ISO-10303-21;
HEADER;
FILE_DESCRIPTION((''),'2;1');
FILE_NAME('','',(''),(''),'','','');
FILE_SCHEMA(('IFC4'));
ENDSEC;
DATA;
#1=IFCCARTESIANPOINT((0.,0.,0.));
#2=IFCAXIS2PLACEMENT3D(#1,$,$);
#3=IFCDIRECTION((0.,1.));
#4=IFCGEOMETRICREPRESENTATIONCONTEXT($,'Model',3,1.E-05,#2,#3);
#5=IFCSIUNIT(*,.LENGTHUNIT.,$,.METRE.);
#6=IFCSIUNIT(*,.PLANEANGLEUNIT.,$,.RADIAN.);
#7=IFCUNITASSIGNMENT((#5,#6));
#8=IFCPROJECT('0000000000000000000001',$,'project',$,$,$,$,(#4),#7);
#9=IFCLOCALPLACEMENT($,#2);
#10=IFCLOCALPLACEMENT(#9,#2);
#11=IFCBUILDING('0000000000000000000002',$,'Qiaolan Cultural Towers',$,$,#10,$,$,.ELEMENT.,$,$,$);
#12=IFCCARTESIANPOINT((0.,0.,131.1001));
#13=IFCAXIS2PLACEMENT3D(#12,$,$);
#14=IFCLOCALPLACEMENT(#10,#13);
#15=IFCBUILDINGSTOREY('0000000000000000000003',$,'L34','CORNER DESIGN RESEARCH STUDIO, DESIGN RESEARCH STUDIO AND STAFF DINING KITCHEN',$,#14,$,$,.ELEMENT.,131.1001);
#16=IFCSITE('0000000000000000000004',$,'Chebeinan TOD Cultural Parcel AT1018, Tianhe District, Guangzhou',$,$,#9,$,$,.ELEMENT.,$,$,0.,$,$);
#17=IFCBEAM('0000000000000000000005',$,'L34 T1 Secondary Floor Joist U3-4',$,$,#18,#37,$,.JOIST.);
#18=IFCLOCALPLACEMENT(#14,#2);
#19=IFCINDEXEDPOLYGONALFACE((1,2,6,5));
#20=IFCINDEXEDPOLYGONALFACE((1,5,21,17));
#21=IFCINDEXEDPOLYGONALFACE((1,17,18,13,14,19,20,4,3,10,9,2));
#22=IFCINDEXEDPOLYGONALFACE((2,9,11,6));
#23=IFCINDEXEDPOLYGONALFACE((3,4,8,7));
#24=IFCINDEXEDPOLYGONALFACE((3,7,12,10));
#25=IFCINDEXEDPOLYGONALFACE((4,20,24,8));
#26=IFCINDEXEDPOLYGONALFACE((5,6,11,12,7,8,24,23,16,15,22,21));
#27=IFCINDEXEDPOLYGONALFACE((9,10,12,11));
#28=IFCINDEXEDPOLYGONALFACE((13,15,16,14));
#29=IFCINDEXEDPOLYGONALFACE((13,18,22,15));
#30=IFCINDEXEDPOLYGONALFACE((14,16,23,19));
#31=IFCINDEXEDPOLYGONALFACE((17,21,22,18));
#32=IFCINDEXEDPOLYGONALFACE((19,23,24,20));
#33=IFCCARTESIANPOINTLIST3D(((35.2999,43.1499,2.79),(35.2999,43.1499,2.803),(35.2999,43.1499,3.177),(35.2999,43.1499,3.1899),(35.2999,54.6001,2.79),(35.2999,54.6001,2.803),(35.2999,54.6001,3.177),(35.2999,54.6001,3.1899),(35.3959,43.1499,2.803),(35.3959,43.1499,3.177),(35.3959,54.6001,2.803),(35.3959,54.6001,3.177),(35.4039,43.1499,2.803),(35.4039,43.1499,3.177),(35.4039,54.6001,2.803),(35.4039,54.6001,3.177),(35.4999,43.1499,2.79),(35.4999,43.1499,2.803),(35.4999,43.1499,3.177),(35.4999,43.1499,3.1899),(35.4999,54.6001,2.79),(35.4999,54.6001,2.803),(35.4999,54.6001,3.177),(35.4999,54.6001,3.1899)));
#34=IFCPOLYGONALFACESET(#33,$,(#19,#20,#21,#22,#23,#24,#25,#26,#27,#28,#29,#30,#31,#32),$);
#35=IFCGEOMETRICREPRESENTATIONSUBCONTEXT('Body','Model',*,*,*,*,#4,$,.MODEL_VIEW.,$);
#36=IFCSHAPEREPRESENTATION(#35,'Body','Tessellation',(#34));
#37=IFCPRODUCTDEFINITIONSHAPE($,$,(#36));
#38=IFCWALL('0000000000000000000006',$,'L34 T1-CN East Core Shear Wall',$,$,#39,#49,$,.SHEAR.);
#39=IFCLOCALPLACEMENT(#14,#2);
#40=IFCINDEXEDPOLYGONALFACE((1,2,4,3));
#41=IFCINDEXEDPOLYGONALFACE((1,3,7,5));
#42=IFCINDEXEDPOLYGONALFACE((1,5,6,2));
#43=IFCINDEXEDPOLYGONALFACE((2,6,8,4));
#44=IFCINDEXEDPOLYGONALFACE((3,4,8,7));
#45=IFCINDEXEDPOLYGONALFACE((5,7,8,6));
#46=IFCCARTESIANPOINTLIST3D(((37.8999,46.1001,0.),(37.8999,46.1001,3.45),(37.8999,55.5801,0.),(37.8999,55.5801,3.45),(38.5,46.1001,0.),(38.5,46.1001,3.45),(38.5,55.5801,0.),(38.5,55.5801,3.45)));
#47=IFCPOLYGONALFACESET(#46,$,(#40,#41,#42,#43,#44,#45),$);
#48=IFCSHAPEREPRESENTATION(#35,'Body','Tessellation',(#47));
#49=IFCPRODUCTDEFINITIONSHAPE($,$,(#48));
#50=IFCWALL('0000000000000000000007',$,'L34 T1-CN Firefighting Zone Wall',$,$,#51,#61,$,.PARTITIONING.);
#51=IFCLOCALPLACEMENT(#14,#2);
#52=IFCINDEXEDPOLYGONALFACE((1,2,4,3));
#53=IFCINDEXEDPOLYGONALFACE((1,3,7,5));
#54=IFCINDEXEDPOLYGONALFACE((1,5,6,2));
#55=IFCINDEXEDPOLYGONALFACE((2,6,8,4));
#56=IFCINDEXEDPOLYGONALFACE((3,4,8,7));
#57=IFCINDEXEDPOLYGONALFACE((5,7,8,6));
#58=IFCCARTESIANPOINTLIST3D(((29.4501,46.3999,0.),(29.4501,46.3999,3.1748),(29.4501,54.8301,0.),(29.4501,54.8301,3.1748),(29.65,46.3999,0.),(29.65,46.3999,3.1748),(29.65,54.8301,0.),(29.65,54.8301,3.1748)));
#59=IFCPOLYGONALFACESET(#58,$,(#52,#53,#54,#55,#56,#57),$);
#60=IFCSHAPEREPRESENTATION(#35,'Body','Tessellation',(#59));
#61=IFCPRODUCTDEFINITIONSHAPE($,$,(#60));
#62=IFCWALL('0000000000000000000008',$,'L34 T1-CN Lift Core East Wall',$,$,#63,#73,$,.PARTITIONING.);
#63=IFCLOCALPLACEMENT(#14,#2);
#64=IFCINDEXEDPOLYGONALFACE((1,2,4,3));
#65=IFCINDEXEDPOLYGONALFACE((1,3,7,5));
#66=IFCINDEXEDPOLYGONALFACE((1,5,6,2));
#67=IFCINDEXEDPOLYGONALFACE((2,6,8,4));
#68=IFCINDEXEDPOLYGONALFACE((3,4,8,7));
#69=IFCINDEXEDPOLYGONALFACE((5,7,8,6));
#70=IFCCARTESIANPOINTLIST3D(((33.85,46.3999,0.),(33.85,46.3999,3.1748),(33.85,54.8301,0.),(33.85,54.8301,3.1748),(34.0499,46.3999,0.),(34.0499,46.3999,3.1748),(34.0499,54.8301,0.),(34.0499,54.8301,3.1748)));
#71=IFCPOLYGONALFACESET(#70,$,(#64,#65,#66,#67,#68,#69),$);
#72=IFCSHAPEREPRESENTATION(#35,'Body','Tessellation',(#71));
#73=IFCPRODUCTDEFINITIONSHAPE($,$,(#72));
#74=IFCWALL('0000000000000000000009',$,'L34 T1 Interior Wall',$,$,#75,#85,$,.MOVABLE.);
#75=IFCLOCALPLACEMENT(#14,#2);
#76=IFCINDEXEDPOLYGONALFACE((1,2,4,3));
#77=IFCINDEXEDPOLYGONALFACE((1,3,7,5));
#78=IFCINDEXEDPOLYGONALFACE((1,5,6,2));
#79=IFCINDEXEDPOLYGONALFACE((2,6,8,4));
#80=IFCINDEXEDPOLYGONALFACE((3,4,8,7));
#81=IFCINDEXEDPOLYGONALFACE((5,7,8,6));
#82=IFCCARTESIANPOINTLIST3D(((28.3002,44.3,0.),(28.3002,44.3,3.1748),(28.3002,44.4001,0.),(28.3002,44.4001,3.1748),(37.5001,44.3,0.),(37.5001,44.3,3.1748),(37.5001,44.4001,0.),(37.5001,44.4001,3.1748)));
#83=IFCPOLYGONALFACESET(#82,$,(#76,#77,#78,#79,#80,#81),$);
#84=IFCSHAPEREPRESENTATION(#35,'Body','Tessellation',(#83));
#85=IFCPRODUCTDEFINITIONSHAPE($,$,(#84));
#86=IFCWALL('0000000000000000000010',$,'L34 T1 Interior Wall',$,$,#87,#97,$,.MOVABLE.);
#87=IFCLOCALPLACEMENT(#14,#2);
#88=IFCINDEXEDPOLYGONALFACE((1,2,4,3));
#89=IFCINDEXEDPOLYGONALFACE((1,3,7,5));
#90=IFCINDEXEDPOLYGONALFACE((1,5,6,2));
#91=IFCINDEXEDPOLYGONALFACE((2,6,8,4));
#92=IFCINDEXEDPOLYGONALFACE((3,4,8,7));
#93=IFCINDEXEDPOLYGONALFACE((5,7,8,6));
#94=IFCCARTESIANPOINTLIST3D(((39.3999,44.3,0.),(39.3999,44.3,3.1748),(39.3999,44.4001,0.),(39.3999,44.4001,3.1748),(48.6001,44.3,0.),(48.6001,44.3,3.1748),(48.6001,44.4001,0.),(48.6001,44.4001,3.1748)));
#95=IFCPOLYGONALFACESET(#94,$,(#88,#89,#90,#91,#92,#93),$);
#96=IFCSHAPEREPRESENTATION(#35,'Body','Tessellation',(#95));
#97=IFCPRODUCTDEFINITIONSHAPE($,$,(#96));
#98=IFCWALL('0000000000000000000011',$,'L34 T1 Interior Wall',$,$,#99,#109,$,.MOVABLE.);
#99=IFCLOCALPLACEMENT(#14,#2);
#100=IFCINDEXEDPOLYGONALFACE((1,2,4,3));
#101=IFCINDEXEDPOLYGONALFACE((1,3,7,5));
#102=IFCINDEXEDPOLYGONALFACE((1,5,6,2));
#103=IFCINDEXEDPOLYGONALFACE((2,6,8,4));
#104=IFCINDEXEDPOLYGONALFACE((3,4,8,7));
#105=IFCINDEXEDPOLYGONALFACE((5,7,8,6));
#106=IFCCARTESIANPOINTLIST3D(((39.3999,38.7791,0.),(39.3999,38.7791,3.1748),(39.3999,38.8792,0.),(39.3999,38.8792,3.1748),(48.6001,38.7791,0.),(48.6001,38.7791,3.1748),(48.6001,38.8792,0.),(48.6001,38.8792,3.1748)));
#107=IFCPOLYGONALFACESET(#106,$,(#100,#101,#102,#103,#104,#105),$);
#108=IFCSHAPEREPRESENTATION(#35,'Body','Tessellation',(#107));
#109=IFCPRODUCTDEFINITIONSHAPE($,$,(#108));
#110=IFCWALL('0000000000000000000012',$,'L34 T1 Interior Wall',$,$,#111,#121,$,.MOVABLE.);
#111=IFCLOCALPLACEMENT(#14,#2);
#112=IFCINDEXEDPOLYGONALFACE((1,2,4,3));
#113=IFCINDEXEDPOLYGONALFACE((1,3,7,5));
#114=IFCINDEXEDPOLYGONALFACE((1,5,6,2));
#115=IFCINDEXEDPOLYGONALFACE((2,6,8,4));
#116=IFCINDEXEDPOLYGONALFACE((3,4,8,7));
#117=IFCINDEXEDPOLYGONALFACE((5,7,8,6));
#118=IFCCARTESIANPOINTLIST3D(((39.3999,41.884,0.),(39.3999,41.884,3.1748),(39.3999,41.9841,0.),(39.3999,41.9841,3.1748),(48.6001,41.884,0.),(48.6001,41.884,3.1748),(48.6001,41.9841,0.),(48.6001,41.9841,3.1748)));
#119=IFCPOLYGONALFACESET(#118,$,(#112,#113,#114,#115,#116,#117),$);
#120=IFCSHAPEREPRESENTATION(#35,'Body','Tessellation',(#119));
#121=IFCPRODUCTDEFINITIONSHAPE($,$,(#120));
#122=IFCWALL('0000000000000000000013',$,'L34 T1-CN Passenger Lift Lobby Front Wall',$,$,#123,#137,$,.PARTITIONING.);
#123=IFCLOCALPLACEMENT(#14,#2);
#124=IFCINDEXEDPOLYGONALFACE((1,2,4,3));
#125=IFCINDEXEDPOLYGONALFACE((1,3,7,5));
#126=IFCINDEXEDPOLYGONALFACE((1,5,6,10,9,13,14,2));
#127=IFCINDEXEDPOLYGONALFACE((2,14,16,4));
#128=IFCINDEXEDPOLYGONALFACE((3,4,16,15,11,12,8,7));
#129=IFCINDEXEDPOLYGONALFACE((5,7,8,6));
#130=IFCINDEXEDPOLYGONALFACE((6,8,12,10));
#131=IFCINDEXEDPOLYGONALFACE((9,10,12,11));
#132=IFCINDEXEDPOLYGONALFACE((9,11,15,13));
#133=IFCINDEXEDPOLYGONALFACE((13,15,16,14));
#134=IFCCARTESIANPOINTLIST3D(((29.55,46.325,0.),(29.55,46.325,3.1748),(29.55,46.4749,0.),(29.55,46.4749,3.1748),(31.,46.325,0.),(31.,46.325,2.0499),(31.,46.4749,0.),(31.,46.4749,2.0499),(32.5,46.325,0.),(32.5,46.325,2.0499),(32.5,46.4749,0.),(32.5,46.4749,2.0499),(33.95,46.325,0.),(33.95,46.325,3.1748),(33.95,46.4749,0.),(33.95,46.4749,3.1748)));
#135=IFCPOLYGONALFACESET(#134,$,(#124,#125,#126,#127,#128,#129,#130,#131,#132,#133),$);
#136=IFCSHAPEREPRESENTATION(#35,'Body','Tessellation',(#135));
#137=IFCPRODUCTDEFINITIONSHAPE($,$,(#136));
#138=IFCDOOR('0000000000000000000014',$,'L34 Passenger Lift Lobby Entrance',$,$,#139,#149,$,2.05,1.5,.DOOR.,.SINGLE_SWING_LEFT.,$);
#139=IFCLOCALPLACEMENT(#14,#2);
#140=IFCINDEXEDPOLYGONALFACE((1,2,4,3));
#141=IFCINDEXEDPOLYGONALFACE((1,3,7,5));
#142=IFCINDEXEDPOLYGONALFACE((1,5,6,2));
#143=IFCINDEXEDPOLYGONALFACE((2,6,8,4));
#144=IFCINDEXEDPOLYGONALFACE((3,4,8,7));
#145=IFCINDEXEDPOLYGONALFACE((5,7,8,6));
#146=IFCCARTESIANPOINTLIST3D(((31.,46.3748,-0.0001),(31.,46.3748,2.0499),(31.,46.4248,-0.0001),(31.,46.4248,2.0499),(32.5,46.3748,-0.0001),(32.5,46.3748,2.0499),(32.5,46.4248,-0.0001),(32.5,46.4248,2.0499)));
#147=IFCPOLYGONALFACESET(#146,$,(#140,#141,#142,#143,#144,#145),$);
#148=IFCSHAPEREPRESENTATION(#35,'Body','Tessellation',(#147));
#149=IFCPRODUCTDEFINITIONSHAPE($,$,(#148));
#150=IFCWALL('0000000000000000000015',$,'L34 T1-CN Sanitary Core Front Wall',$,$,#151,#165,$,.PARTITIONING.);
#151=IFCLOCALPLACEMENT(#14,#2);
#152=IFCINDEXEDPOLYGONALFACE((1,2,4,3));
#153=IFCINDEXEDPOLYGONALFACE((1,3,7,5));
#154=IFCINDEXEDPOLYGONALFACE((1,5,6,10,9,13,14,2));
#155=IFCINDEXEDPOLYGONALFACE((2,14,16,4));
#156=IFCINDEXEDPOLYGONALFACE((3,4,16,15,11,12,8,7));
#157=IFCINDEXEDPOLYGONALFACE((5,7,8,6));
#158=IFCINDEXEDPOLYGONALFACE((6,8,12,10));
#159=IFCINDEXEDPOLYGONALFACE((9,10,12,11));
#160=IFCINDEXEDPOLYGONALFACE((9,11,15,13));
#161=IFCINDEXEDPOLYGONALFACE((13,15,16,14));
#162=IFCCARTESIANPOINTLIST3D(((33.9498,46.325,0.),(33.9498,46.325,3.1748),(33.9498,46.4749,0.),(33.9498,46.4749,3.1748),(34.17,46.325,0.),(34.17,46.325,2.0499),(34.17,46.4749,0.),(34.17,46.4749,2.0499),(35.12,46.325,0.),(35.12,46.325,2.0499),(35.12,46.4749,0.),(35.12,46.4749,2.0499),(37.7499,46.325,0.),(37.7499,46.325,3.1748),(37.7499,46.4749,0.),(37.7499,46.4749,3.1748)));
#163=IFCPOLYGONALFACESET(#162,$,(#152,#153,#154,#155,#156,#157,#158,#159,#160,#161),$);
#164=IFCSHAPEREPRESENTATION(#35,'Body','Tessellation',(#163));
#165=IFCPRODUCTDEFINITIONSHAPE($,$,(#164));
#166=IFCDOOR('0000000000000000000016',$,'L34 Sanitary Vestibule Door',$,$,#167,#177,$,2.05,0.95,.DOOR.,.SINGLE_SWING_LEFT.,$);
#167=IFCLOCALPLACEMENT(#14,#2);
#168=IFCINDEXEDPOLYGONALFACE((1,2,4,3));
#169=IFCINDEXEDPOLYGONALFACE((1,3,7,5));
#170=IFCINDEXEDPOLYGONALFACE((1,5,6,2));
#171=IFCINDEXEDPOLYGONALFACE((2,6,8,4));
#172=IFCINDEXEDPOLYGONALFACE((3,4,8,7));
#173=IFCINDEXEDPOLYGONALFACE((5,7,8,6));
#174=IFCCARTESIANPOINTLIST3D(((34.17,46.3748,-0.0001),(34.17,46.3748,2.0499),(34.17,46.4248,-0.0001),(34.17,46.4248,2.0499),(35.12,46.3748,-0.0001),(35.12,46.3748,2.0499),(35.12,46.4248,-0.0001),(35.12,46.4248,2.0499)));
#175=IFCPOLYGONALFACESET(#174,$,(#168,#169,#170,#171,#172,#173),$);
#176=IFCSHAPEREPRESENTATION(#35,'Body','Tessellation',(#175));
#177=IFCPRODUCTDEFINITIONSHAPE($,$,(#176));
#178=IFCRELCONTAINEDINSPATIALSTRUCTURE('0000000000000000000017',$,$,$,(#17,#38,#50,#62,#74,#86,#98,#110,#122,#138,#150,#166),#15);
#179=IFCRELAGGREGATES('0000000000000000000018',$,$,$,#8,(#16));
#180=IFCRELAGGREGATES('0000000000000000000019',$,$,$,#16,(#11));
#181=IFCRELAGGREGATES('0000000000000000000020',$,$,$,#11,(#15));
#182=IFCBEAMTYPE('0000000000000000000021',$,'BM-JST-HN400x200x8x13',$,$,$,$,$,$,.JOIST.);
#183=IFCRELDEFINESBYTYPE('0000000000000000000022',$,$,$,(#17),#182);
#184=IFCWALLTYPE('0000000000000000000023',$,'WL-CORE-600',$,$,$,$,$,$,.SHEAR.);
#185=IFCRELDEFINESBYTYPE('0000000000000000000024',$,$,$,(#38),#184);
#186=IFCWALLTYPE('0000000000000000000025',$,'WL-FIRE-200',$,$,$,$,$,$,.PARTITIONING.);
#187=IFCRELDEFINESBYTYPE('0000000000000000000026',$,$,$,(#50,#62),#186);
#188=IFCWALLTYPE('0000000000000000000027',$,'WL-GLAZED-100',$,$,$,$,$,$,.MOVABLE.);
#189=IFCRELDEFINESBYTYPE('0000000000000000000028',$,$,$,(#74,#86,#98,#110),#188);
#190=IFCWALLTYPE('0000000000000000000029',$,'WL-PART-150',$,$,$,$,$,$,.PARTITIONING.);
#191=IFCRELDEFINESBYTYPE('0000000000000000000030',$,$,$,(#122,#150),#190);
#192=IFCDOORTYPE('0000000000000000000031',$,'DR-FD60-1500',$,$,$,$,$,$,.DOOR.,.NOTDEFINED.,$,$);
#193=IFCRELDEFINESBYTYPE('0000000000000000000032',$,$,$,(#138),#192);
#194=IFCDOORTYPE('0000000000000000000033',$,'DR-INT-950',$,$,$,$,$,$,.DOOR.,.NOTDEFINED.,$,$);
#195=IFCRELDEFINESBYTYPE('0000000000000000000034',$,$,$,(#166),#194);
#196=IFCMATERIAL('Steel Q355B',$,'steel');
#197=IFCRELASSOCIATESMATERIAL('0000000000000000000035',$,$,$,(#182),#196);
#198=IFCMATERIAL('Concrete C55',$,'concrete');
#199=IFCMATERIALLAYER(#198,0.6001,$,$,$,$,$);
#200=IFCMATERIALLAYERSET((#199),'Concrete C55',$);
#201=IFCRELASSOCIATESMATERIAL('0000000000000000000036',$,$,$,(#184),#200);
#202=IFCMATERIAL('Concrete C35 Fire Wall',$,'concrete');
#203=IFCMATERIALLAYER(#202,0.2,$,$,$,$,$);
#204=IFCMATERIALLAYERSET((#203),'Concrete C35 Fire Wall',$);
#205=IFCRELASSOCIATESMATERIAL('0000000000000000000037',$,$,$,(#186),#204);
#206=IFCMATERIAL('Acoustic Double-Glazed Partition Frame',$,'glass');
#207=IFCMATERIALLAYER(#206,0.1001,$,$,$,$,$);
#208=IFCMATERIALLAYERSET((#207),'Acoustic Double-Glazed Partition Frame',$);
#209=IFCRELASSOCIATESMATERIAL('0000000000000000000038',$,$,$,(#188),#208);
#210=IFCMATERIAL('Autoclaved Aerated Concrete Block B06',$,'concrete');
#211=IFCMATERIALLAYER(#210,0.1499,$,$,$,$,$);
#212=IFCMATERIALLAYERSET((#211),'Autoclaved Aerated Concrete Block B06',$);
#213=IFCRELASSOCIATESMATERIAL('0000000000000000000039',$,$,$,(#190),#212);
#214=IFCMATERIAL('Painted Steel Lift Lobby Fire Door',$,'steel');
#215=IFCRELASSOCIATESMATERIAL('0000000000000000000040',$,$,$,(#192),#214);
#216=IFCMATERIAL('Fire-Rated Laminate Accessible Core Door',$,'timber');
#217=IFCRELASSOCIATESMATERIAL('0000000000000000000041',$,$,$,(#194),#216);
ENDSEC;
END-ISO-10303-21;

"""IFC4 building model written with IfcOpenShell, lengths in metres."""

from ifc_helpers import new_model, si_unit, direction, frame, frame_2d, origin, origin_2d, place, context, subcontext, project, spatial, rectangle, i_section, extrude, material, layer, layer_set, material_profile, profile_set, type_object, element, fill, save


model = new_model("IFC4")

# Units and contexts
model_context = context("Model", 3, precision=1e-05, world=origin(), true_north=direction((0.0, 1.0)))
body_context = subcontext(model_context, "Body", "Model", "MODEL_VIEW")
ifc_project = project(units=[si_unit("LENGTHUNIT", "METRE"), si_unit("PLANEANGLEUNIT", "RADIAN")], contexts=[model_context])

# Site, building, storey
site_placement = place(None, origin())
site = spatial("IfcSite", under=ifc_project, at=site_placement, Name="Chebeinan TOD Cultural Parcel AT1018, Tianhe District, Guangzhou", CompositionType="ELEMENT", RefElevation=0.0)
building_placement = place(site_placement, origin())
building = spatial("IfcBuilding", under=site, at=building_placement, Name="Qiaolan Cultural Towers", CompositionType="ELEMENT")
storey_placement = place(building_placement, frame((0.0, 0.0, 131.1001)))
storey = spatial("IfcBuildingStorey", under=building, at=storey_placement, Name="L34", Description="CORNER DESIGN RESEARCH STUDIO, DESIGN RESEARCH STUDIO AND STAFF DINING KITCHEN", CompositionType="ELEMENT", Elevation=131.1001)

# Beam
ifc_material_1 = material(Name="Steel Q355B", Category="steel")
ifc_material_profile = material_profile(ifc_material_1, i_section(OverallWidth=0.2, OverallDepth=0.3999, WebThickness=0.0081, FlangeThickness=0.0129, at=origin_2d()), Name="HN400x200x8x13")
ifc_profile_set = profile_set([ifc_material_profile], Name="Steel Q355B")
beam_type = type_object("IfcBeamType", Name="BM-JST-HN400x200x8x13", PredefinedType="JOIST", material=ifc_profile_set)
beam_placement = place(storey_placement, frame((35.3999, 43.1499, 2.99), z_axis=(0.0, 1.0, 0.0), x_axis=(-1.0, 0.0, 0.0)))
element("IfcBeam", 1, at=beam_placement, inside=storey, type_object=beam_type, Name="L34 T1 Secondary Floor Joist U3-4", PredefinedType="JOIST", context=body_context, shape_type="SweptSolid", body=[
    extrude(i_section(OverallWidth=0.2, OverallDepth=0.3999, WebThickness=0.0081, FlangeThickness=0.0129, at=origin_2d()), origin(), (0.0, 0.0, 1.0), 11.4502),
])

# Walls
ifc_material_2 = material(Name="Concrete C55", Category="concrete")
ifc_layer_1 = layer(ifc_material_2, 0.6001)
ifc_layer_set_1 = layer_set([ifc_layer_1], Name="Concrete C55")
wall_type_1 = type_object("IfcWallType", Name="WL-CORE-600", PredefinedType="SHEAR", material=ifc_layer_set_1)
wall_1_placement = place(storey_placement, frame((38.2, 46.1001, 0.0), z_axis=(0.0, 0.0, 1.0), x_axis=(0.0, 1.0, 0.0)))
element("IfcWall", 2, at=wall_1_placement, inside=storey, type_object=wall_type_1, Name="L34 T1-CN East Core Shear Wall", PredefinedType="SHEAR", context=body_context, shape_type="SweptSolid", body=[
    extrude(rectangle(XDim=9.48, YDim=0.6001, at=frame_2d((4.74, 0.0))), origin(), (0.0, 0.0, 1.0), 3.45),
])
ifc_material_3 = material(Name="Concrete C35 Fire Wall", Category="concrete")
ifc_layer_2 = layer(ifc_material_3, 0.2)
ifc_layer_set_2 = layer_set([ifc_layer_2], Name="Concrete C35 Fire Wall")
wall_type_2 = type_object("IfcWallType", Name="WL-FIRE-200", PredefinedType="PARTITIONING", material=ifc_layer_set_2)
for number, where, z_axis, x_axis, name in (
    (3, (29.55, 46.3999, 0.0), (0.0, 0.0, 1.0), (0.0, 1.0, 0.0), "L34 T1-CN Firefighting Zone Wall"),
    (4, (33.95, 46.3999, 0.0), (0.0, 0.0, 1.0), (0.0, 1.0, 0.0), "L34 T1-CN Lift Core East Wall"),
):
    element("IfcWall", number, at=place(storey_placement, frame(where, z_axis=z_axis, x_axis=x_axis)), inside=storey, type_object=wall_type_2, Name=name, PredefinedType="PARTITIONING", context=body_context, shape_type="SweptSolid", body=[
        extrude(rectangle(XDim=8.4302, YDim=0.2, at=frame_2d((4.2151, 0.0))), origin(), (0.0, 0.0, 1.0), 3.1748),
    ])
ifc_material_4 = material(Name="Acoustic Double-Glazed Partition Frame", Category="glass")
ifc_layer_3 = layer(ifc_material_4, 0.1001)
ifc_layer_set_3 = layer_set([ifc_layer_3], Name="Acoustic Double-Glazed Partition Frame")
wall_type_3 = type_object("IfcWallType", Name="WL-GLAZED-100", PredefinedType="MOVABLE", material=ifc_layer_set_3)
wall_2_placement = place(storey_placement, frame((28.3, 44.3501, 0.0), z_axis=(0.0, 0.0, 1.0), x_axis=(1.0, 0.0, 0.0)))
element("IfcWall", 5, at=wall_2_placement, inside=storey, type_object=wall_type_3, Name="L34 T1 Interior Wall", PredefinedType="MOVABLE", context=body_context, shape_type="SweptSolid", body=[
    extrude(rectangle(XDim=9.2, YDim=0.1001, at=frame_2d((4.6001, 0.0))), origin(), (0.0, 0.0, 1.0), 3.1748),
])
for number, where, z_axis, x_axis, name in (
    (6, (39.3999, 44.3501, 0.0), (0.0, 0.0, 1.0), (1.0, 0.0, 0.0), "L34 T1 Interior Wall"),
    (7, (39.3999, 38.8291, 0.0), (0.0, 0.0, 1.0), (1.0, 0.0, 0.0), "L34 T1 Interior Wall"),
    (8, (39.3999, 41.9341, 0.0), (0.0, 0.0, 1.0), (1.0, 0.0, 0.0), "L34 T1 Interior Wall"),
):
    element("IfcWall", number, at=place(storey_placement, frame(where, z_axis=z_axis, x_axis=x_axis)), inside=storey, type_object=wall_type_3, Name=name, PredefinedType="MOVABLE", context=body_context, shape_type="SweptSolid", body=[
        extrude(rectangle(XDim=9.2002, YDim=0.1001, at=frame_2d((4.6001, 0.0))), origin(), (0.0, 0.0, 1.0), 3.1748),
    ])

# Walls, openings, doors
ifc_material_5 = material(Name="Autoclaved Aerated Concrete Block B06", Category="concrete")
ifc_layer_4 = layer(ifc_material_5, 0.1499)
ifc_layer_set_4 = layer_set([ifc_layer_4], Name="Autoclaved Aerated Concrete Block B06")
wall_type_4 = type_object("IfcWallType", Name="WL-PART-150", PredefinedType="PARTITIONING", material=ifc_layer_set_4)
wall_3_placement = place(storey_placement, frame((29.55, 46.3999, 0.0), z_axis=(0.0, 0.0, 1.0), x_axis=(1.0, 0.0, 0.0)))
wall_3 = element("IfcWall", 9, at=wall_3_placement, inside=storey, type_object=wall_type_4, Name="L34 T1-CN Passenger Lift Lobby Front Wall", PredefinedType="PARTITIONING", context=body_context, shape_type="SweptSolid", body=[
    extrude(rectangle(XDim=4.3999, YDim=0.1499, at=frame_2d((2.2, 0.0))), origin(), (0.0, 0.0, 1.0), 3.1748),
])
opening_1_placement = place(wall_3_placement, frame((1.45, 0.0, 0.0)))
opening_1 = element("IfcOpeningElement", 10, at=opening_1_placement, cuts=wall_3, PredefinedType="OPENING", context=body_context, shape_type="SweptSolid", body=[
    extrude(rectangle(XDim=1.5, YDim=2.05, at=frame_2d((0.75, 1.0249))), frame((0.0, 0.085, 0.0), z_axis=(0.0, -1.0, 0.0), x_axis=(1.0, 0.0, 0.0)), (0.0, 0.0, 1.0), 0.1699),
])
ifc_material_6 = material(Name="Painted Steel Lift Lobby Fire Door", Category="steel")
door_type_1 = type_object("IfcDoorType", Name="DR-FD60-1500", OperationType="NOTDEFINED", PredefinedType="DOOR", material=ifc_material_6)
door_1_placement = place(opening_1_placement, origin())
door_1 = element("IfcDoor", 11, at=door_1_placement, inside=storey, type_object=door_type_1, Name="L34 Passenger Lift Lobby Entrance", OperationType="SINGLE_SWING_LEFT", OverallHeight=2.05, OverallWidth=1.5, PredefinedType="DOOR", context=body_context, shape_type="SweptSolid", body=[
    extrude(rectangle(XDim=1.5, YDim=2.05, at=frame_2d((0.75, 1.0249))), frame((0.0, 0.0249, 0.0), z_axis=(0.0, -1.0, 0.0), x_axis=(1.0, 0.0, 0.0)), (0.0, 0.0, 1.0), 0.05),
])
fill(opening_1, door_1)
wall_4_placement = place(storey_placement, frame((33.95, 46.3999, 0.0), z_axis=(0.0, 0.0, 1.0), x_axis=(1.0, 0.0, 0.0)))
wall_4 = element("IfcWall", 12, at=wall_4_placement, inside=storey, type_object=wall_type_4, Name="L34 T1-CN Sanitary Core Front Wall", PredefinedType="PARTITIONING", context=body_context, shape_type="SweptSolid", body=[
    extrude(rectangle(XDim=3.8, YDim=0.1499, at=frame_2d((1.8999, 0.0))), origin(), (0.0, 0.0, 1.0), 3.1748),
])
opening_2_placement = place(wall_4_placement, frame((0.22, 0.0, 0.0)))
opening_2 = element("IfcOpeningElement", 13, at=opening_2_placement, cuts=wall_4, PredefinedType="OPENING", context=body_context, shape_type="SweptSolid", body=[
    extrude(rectangle(XDim=0.95, YDim=2.05, at=frame_2d((0.4751, 1.0249))), frame((0.0, 0.085, 0.0), z_axis=(0.0, -1.0, 0.0), x_axis=(1.0, 0.0, 0.0)), (0.0, 0.0, 1.0), 0.1699),
])
ifc_material_7 = material(Name="Fire-Rated Laminate Accessible Core Door", Category="timber")
door_type_2 = type_object("IfcDoorType", Name="DR-INT-950", OperationType="NOTDEFINED", PredefinedType="DOOR", material=ifc_material_7)
door_2_placement = place(opening_2_placement, origin())
door_2 = element("IfcDoor", 14, at=door_2_placement, inside=storey, type_object=door_type_2, Name="L34 Sanitary Vestibule Door", OperationType="SINGLE_SWING_LEFT", OverallHeight=2.05, OverallWidth=0.95, PredefinedType="DOOR", context=body_context, shape_type="SweptSolid", body=[
    extrude(rectangle(XDim=0.95, YDim=2.05, at=frame_2d((0.4751, 1.0249))), frame((0.0, 0.0249, 0.0), z_axis=(0.0, -1.0, 0.0), x_axis=(1.0, 0.0, 0.0)), (0.0, 0.0, 1.0), 0.05),
])
fill(opening_2, door_2)

save(model, "model.ifc")
